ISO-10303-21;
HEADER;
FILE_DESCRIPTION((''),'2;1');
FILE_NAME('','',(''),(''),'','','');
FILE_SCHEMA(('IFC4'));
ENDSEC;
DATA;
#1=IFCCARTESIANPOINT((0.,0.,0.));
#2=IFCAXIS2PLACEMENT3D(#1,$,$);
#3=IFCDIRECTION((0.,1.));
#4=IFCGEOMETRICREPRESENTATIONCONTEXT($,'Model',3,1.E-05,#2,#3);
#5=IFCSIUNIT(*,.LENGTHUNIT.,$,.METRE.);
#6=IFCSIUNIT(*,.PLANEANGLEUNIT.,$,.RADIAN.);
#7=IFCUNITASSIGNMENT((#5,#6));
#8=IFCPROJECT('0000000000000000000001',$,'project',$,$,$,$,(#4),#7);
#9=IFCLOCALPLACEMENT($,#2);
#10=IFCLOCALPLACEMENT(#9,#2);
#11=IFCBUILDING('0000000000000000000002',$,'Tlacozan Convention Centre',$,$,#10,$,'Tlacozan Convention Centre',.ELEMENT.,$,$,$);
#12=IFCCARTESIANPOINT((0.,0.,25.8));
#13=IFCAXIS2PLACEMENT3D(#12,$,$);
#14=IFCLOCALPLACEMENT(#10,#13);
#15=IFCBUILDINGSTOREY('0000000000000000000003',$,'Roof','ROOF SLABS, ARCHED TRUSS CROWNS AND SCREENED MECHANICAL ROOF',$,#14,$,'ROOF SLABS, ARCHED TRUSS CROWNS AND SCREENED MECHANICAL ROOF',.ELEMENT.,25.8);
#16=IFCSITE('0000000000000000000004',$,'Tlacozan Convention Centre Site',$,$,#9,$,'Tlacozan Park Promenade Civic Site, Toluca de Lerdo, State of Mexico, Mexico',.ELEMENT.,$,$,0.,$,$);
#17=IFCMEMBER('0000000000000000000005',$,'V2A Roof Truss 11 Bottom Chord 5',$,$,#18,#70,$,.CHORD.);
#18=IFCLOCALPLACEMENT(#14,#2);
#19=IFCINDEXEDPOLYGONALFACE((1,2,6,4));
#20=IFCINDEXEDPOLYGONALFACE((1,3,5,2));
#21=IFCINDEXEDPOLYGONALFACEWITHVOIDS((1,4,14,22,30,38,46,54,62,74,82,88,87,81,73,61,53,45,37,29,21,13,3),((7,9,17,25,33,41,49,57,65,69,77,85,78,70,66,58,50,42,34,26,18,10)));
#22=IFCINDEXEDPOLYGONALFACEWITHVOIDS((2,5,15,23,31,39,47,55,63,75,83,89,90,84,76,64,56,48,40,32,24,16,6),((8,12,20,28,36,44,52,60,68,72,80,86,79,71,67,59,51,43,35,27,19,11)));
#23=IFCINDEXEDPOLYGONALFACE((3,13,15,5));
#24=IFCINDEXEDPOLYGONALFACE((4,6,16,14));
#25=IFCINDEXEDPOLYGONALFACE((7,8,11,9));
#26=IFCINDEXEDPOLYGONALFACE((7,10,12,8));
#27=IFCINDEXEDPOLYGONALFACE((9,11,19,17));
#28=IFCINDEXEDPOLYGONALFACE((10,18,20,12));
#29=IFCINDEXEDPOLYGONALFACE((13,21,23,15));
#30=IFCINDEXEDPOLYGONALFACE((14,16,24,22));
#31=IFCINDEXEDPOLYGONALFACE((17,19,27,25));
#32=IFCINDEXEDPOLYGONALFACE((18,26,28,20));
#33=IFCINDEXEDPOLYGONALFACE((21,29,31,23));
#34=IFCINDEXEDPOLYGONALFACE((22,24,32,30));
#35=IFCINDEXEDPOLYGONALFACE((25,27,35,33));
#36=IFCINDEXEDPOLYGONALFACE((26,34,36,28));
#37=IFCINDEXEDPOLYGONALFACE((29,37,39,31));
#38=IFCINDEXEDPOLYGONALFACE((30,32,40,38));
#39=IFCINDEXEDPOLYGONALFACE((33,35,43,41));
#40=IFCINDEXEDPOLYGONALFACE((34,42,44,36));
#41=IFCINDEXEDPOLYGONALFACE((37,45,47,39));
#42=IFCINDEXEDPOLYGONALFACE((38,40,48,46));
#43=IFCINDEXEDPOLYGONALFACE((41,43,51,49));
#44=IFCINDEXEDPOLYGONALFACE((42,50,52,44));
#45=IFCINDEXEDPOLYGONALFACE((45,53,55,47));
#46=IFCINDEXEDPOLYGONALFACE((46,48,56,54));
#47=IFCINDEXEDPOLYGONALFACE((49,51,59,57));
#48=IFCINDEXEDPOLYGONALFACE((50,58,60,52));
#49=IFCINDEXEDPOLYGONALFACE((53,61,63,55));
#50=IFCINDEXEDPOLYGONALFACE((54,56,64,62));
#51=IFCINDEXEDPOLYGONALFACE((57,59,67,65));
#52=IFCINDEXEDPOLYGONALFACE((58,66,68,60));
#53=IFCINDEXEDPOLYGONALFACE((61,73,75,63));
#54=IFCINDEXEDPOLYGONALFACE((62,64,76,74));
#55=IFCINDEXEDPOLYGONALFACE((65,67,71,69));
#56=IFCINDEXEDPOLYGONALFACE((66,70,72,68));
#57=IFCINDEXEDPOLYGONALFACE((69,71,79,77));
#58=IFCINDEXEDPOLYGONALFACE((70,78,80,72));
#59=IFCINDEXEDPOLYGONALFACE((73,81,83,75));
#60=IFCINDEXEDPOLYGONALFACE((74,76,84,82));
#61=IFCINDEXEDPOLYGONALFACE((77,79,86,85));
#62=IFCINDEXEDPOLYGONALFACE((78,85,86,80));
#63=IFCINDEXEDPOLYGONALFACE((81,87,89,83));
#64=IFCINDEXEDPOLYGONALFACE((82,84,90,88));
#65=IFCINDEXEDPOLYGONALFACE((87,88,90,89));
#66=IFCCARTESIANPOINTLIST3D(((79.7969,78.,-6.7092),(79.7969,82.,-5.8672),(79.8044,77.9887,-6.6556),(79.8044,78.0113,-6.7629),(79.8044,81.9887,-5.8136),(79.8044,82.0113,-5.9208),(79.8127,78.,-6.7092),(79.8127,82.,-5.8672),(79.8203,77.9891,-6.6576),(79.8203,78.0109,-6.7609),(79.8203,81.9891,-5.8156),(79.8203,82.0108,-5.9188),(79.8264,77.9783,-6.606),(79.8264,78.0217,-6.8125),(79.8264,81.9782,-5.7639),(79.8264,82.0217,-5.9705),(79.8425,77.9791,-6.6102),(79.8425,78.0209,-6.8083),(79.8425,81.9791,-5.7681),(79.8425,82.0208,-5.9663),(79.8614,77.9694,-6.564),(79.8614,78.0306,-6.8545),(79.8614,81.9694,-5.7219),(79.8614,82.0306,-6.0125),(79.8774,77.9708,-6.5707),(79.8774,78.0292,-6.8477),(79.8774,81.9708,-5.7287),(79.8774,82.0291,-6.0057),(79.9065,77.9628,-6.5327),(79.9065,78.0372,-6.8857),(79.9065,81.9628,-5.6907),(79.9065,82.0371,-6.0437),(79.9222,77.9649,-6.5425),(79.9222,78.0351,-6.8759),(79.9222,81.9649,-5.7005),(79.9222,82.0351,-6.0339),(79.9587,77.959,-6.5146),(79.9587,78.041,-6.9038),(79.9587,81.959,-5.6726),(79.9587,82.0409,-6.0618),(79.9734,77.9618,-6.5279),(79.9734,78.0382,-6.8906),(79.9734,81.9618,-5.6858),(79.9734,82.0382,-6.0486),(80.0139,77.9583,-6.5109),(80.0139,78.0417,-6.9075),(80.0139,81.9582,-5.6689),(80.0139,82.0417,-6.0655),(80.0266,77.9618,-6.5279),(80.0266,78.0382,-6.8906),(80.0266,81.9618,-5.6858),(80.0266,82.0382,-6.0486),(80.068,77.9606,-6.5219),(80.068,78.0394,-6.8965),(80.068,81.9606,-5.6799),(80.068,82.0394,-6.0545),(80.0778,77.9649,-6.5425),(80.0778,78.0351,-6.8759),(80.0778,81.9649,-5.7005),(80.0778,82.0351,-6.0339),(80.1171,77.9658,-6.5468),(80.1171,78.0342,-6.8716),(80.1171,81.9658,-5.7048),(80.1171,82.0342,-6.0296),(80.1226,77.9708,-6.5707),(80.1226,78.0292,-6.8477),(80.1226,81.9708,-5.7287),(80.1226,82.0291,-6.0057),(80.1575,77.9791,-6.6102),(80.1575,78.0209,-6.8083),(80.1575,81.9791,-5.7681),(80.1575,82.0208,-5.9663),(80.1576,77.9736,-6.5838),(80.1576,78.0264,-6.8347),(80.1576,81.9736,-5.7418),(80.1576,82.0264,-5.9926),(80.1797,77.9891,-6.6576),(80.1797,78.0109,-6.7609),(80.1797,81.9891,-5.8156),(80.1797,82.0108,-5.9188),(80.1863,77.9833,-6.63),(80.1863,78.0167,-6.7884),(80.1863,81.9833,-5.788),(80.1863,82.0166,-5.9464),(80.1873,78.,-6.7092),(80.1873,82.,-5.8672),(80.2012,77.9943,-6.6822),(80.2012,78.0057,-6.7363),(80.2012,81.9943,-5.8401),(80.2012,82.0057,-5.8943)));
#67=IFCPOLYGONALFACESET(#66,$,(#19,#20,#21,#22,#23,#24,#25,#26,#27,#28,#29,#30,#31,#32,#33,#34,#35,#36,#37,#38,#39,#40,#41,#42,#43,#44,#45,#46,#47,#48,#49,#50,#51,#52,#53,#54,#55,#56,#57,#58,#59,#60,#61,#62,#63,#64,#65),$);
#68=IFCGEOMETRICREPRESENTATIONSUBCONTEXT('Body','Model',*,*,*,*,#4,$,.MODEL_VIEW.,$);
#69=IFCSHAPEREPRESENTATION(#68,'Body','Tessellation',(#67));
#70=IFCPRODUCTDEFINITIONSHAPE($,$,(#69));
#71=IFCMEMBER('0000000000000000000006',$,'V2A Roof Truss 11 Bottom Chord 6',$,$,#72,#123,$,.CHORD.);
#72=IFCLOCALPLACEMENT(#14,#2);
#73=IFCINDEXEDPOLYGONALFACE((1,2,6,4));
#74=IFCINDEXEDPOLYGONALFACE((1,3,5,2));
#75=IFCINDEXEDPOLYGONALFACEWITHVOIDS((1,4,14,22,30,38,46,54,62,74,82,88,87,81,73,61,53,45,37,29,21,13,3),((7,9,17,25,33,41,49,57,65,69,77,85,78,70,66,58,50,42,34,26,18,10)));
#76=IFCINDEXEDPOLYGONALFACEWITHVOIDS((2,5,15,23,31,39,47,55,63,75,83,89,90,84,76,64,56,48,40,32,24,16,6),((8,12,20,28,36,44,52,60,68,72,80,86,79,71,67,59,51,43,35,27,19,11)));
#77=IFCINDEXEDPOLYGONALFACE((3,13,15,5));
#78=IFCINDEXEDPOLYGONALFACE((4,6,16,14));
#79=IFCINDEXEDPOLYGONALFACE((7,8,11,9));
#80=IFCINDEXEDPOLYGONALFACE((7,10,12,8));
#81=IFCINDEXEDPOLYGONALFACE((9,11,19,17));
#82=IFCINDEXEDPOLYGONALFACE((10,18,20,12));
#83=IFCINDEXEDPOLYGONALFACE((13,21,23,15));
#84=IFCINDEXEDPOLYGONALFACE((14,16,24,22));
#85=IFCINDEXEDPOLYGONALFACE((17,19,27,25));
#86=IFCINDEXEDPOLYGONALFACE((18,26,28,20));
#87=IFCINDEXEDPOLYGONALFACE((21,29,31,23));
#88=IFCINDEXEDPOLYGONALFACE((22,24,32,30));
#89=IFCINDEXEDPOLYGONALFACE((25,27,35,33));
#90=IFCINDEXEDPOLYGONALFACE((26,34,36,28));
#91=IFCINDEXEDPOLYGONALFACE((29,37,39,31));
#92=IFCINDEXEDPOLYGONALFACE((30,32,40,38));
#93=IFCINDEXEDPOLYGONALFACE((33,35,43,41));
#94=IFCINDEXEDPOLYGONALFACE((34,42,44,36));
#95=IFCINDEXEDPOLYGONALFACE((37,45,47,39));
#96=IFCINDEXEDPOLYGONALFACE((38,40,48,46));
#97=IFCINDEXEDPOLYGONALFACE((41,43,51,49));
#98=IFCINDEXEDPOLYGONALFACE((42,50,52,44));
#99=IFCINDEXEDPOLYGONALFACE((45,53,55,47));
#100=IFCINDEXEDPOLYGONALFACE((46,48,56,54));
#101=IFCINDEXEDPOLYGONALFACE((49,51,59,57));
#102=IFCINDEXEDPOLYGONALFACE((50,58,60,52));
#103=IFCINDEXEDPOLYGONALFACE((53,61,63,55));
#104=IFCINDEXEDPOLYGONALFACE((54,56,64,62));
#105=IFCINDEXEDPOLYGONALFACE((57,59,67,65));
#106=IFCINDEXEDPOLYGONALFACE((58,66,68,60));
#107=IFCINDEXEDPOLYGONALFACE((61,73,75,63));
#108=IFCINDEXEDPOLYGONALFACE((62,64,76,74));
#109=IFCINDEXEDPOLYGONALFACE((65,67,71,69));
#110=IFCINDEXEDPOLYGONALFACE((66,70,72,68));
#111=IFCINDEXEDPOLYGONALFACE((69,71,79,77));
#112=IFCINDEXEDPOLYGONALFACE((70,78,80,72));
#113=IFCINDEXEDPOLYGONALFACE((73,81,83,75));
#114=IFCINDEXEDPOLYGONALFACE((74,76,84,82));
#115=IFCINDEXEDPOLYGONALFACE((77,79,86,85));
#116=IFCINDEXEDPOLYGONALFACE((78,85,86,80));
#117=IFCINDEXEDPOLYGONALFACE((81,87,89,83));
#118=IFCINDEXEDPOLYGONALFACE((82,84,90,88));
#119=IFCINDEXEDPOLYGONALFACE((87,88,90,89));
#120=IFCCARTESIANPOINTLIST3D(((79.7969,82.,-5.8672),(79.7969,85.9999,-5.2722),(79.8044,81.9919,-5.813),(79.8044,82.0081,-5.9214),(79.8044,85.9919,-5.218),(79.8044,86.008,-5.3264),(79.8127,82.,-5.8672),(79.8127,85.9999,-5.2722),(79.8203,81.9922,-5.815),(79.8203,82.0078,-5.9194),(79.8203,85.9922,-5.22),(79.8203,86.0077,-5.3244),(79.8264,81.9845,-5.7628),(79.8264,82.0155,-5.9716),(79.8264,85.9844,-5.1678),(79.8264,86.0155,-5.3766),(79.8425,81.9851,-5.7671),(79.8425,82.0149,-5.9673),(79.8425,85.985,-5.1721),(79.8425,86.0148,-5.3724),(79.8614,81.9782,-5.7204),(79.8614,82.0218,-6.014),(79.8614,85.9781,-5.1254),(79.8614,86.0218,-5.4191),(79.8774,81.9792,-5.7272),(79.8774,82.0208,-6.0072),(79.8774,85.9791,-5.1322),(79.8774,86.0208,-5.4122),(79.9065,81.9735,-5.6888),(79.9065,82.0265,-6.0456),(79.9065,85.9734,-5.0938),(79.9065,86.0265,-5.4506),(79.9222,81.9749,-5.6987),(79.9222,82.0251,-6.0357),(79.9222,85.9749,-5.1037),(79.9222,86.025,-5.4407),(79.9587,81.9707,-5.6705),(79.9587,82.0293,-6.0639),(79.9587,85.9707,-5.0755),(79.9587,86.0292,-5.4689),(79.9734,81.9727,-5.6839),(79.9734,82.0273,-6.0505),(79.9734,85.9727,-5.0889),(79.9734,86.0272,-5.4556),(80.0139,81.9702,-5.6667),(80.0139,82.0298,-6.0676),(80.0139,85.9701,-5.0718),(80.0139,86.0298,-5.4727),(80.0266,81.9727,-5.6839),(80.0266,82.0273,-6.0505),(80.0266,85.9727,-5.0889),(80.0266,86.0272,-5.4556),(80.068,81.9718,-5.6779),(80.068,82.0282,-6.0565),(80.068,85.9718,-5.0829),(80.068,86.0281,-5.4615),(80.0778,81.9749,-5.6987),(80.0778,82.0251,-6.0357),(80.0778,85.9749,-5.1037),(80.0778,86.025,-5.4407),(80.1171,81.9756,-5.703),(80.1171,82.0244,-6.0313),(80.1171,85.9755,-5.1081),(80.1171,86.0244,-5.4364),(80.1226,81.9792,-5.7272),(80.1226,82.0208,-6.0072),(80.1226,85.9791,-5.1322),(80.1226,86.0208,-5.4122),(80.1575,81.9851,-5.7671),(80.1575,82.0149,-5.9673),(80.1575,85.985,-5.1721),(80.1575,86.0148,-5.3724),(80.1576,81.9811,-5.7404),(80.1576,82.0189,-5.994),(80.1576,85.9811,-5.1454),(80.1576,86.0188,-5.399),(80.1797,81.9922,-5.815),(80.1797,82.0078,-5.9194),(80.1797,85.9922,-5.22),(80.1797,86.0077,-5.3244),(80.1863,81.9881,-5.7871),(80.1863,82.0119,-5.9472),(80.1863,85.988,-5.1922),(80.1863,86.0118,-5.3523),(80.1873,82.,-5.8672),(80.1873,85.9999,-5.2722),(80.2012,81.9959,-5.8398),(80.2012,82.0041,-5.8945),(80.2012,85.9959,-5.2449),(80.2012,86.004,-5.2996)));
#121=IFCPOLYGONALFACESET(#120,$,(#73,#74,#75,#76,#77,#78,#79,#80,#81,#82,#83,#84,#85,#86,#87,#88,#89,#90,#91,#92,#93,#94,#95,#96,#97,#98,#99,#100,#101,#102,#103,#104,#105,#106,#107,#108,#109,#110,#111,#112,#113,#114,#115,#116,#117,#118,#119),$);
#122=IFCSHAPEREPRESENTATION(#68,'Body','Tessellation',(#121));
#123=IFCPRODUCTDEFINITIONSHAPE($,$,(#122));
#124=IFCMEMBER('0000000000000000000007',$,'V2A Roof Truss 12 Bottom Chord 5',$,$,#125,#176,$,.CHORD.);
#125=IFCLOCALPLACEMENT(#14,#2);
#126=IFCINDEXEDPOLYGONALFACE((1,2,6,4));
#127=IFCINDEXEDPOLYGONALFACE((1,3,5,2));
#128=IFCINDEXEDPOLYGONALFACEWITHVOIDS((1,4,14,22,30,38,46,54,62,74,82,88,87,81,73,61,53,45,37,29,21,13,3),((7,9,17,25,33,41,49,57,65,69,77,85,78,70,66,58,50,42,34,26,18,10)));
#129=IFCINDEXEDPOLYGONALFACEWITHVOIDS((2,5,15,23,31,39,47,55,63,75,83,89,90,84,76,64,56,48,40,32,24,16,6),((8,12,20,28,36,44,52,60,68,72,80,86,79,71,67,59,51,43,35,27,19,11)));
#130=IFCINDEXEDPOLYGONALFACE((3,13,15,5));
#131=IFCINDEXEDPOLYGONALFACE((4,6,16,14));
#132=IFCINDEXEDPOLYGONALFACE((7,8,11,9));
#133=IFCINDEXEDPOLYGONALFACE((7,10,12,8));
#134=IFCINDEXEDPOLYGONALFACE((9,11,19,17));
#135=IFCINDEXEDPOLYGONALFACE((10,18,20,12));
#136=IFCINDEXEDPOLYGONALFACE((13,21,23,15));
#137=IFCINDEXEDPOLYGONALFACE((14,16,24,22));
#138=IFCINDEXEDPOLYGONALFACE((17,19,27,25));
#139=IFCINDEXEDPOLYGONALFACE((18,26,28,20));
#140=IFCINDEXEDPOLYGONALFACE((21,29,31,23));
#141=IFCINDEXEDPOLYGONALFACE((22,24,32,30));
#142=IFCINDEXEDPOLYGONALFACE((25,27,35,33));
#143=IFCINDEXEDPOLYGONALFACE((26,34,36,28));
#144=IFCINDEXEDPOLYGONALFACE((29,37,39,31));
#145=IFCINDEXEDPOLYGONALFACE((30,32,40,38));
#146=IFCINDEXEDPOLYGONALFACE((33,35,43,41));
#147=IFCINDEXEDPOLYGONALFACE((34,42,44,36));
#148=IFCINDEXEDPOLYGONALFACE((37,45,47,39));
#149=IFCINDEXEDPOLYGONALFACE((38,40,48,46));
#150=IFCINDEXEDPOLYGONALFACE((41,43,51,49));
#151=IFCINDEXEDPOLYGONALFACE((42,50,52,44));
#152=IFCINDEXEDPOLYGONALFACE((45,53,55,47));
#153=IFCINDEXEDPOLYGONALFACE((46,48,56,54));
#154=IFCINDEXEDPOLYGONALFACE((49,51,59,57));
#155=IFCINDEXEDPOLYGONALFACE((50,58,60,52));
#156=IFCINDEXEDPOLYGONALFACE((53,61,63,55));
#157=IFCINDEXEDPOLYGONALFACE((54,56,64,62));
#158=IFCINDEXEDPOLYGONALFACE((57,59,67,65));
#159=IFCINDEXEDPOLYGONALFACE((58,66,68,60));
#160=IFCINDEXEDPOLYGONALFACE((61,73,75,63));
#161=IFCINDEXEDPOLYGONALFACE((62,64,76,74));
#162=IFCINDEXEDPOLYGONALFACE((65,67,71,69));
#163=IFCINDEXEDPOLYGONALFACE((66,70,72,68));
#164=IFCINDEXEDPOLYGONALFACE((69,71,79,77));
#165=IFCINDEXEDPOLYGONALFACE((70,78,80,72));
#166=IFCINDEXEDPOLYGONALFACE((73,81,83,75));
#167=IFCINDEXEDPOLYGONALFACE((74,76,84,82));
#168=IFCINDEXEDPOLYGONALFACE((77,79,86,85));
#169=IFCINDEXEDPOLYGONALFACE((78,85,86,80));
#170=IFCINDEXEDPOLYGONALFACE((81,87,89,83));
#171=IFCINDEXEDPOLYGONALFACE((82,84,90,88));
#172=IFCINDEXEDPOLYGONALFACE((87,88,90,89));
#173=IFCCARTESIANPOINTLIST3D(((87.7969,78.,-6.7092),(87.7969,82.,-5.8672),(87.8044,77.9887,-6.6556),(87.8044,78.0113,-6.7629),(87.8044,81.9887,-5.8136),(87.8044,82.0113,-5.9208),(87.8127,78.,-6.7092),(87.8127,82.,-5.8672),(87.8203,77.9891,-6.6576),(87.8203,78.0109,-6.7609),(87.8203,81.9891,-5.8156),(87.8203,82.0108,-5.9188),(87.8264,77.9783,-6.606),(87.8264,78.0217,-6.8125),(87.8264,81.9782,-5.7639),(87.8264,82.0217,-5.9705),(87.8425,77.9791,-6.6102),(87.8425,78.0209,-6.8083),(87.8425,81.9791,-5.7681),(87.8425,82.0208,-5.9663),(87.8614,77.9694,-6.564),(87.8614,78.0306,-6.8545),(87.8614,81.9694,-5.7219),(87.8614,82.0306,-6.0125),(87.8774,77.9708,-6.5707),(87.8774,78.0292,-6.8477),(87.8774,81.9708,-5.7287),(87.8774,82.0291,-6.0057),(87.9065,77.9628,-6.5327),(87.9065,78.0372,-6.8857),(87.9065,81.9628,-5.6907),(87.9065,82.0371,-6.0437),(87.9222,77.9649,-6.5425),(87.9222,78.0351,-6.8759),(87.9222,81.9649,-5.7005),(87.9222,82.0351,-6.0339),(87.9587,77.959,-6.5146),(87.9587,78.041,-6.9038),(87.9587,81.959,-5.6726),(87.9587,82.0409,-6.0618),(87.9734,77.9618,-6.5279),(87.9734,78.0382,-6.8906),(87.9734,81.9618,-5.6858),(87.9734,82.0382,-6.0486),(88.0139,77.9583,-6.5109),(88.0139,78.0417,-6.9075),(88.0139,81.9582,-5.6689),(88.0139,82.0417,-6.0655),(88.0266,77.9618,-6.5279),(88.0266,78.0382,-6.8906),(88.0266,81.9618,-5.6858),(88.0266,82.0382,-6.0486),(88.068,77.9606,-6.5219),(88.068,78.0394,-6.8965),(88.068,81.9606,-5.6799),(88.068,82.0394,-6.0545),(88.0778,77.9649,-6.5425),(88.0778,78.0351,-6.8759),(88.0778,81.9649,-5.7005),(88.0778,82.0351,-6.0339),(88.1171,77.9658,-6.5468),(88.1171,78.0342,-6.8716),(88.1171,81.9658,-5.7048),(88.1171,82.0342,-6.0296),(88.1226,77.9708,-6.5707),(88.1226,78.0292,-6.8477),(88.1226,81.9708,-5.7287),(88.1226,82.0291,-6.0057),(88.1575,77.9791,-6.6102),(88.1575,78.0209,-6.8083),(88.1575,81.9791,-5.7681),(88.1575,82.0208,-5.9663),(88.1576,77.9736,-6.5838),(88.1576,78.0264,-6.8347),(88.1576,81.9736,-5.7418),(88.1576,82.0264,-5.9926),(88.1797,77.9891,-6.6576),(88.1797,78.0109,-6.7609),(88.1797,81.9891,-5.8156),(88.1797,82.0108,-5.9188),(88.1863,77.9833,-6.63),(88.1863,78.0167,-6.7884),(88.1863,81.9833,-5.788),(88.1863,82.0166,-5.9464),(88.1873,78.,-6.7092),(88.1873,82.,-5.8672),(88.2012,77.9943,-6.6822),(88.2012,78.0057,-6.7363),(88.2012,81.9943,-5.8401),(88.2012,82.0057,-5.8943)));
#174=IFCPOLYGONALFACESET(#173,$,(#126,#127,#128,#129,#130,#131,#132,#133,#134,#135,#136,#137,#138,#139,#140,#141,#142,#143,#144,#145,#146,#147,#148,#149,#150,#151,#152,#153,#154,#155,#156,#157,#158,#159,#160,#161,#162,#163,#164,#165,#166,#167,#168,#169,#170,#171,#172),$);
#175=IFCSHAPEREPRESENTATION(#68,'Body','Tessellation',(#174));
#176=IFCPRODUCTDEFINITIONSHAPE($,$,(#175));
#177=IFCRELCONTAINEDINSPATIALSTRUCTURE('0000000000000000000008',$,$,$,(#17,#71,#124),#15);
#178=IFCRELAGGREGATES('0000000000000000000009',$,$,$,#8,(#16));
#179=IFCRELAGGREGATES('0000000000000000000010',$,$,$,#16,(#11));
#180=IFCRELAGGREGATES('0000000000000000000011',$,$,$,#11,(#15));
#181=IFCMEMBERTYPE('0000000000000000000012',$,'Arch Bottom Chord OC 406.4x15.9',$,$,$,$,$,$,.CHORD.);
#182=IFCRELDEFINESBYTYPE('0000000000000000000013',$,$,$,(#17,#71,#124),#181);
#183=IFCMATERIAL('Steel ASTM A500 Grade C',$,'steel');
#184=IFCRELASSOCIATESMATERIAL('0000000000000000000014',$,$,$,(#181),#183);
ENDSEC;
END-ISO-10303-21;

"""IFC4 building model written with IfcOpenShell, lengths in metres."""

from ifc_helpers import new_model, si_unit, direction, frame, origin, origin_2d, place, context, subcontext, project, spatial, hollow_circle, extrude, material, material_profile, profile_set, type_object, element, save


model = new_model("IFC4")

# Units and contexts
model_context = context("Model", 3, precision=1e-05, world=origin(), true_north=direction((0.0, 1.0)))
body_context = subcontext(model_context, "Body", "Model", "MODEL_VIEW")
ifc_project = project(units=[si_unit("LENGTHUNIT", "METRE"), si_unit("PLANEANGLEUNIT", "RADIAN")], contexts=[model_context])

# Site, building, storey
site_placement = place(None, origin())
site = spatial("IfcSite", under=ifc_project, at=site_placement, Name="Tlacozan Convention Centre Site", LongName="Tlacozan Park Promenade Civic Site, Toluca de Lerdo, State of Mexico, Mexico", CompositionType="ELEMENT", RefElevation=0.0)
building_placement = place(site_placement, origin())
building = spatial("IfcBuilding", under=site, at=building_placement, Name="Tlacozan Convention Centre", LongName="Tlacozan Convention Centre", CompositionType="ELEMENT")
storey_placement = place(building_placement, frame((0.0, 0.0, 25.8)))
storey = spatial("IfcBuildingStorey", under=building, at=storey_placement, Name="Roof", Description="ROOF SLABS, ARCHED TRUSS CROWNS AND SCREENED MECHANICAL ROOF", LongName="ROOF SLABS, ARCHED TRUSS CROWNS AND SCREENED MECHANICAL ROOF", CompositionType="ELEMENT", Elevation=25.8)

# Members
ifc_material_1 = material(Name="Steel ASTM A500 Grade C", Category="steel")
ifc_material_profile_1 = material_profile(ifc_material_1, hollow_circle(Radius=0.2031, WallThickness=0.0159, at=origin_2d()), Name="OC 406.4x15.9")
ifc_profile_set_1 = profile_set([ifc_material_profile_1], Name="Steel ASTM A500 Grade C")
member_type_1 = type_object("IfcMemberType", Name="Arch Bottom Chord OC 406.4x15.9", PredefinedType="CHORD", material=ifc_profile_set_1)
member_1_placement = place(storey_placement, frame((80.0, 78.0, -6.7092), z_axis=(0.0, 0.978553, 0.205995), x_axis=(-1.0, 0.0, 0.0)))
element("IfcMember", 1, at=member_1_placement, inside=storey, type_object=member_type_1, Name="V2A Roof Truss 11 Bottom Chord 5", PredefinedType="CHORD", context=body_context, shape_type="SweptSolid", body=[
    extrude(hollow_circle(Radius=0.2031, WallThickness=0.0159, at=origin_2d()), origin(), (0.0, 0.0, 1.0), 4.0876),
])
member_2_placement = place(storey_placement, frame((80.0, 82.0, -5.8672), z_axis=(0.0, 0.989118, 0.147124), x_axis=(-1.0, 0.0, 0.0)))
element("IfcMember", 2, at=member_2_placement, inside=storey, type_object=member_type_1, Name="V2A Roof Truss 11 Bottom Chord 6", PredefinedType="CHORD", context=body_context, shape_type="SweptSolid", body=[
    extrude(hollow_circle(Radius=0.2031, WallThickness=0.0159, at=origin_2d()), origin(), (0.0, 0.0, 1.0), 4.0439),
])
member_3_placement = place(storey_placement, frame((88.0, 78.0, -6.7092), z_axis=(0.0, 0.978553, 0.205995), x_axis=(-1.0, 0.0, 0.0)))
element("IfcMember", 3, at=member_3_placement, inside=storey, type_object=member_type_1, Name="V2A Roof Truss 12 Bottom Chord 5", PredefinedType="CHORD", context=body_context, shape_type="SweptSolid", body=[
    extrude(hollow_circle(Radius=0.2031, WallThickness=0.0159, at=origin_2d()), origin(), (0.0, 0.0, 1.0), 4.0876),
])

save(model, "model.ifc")
